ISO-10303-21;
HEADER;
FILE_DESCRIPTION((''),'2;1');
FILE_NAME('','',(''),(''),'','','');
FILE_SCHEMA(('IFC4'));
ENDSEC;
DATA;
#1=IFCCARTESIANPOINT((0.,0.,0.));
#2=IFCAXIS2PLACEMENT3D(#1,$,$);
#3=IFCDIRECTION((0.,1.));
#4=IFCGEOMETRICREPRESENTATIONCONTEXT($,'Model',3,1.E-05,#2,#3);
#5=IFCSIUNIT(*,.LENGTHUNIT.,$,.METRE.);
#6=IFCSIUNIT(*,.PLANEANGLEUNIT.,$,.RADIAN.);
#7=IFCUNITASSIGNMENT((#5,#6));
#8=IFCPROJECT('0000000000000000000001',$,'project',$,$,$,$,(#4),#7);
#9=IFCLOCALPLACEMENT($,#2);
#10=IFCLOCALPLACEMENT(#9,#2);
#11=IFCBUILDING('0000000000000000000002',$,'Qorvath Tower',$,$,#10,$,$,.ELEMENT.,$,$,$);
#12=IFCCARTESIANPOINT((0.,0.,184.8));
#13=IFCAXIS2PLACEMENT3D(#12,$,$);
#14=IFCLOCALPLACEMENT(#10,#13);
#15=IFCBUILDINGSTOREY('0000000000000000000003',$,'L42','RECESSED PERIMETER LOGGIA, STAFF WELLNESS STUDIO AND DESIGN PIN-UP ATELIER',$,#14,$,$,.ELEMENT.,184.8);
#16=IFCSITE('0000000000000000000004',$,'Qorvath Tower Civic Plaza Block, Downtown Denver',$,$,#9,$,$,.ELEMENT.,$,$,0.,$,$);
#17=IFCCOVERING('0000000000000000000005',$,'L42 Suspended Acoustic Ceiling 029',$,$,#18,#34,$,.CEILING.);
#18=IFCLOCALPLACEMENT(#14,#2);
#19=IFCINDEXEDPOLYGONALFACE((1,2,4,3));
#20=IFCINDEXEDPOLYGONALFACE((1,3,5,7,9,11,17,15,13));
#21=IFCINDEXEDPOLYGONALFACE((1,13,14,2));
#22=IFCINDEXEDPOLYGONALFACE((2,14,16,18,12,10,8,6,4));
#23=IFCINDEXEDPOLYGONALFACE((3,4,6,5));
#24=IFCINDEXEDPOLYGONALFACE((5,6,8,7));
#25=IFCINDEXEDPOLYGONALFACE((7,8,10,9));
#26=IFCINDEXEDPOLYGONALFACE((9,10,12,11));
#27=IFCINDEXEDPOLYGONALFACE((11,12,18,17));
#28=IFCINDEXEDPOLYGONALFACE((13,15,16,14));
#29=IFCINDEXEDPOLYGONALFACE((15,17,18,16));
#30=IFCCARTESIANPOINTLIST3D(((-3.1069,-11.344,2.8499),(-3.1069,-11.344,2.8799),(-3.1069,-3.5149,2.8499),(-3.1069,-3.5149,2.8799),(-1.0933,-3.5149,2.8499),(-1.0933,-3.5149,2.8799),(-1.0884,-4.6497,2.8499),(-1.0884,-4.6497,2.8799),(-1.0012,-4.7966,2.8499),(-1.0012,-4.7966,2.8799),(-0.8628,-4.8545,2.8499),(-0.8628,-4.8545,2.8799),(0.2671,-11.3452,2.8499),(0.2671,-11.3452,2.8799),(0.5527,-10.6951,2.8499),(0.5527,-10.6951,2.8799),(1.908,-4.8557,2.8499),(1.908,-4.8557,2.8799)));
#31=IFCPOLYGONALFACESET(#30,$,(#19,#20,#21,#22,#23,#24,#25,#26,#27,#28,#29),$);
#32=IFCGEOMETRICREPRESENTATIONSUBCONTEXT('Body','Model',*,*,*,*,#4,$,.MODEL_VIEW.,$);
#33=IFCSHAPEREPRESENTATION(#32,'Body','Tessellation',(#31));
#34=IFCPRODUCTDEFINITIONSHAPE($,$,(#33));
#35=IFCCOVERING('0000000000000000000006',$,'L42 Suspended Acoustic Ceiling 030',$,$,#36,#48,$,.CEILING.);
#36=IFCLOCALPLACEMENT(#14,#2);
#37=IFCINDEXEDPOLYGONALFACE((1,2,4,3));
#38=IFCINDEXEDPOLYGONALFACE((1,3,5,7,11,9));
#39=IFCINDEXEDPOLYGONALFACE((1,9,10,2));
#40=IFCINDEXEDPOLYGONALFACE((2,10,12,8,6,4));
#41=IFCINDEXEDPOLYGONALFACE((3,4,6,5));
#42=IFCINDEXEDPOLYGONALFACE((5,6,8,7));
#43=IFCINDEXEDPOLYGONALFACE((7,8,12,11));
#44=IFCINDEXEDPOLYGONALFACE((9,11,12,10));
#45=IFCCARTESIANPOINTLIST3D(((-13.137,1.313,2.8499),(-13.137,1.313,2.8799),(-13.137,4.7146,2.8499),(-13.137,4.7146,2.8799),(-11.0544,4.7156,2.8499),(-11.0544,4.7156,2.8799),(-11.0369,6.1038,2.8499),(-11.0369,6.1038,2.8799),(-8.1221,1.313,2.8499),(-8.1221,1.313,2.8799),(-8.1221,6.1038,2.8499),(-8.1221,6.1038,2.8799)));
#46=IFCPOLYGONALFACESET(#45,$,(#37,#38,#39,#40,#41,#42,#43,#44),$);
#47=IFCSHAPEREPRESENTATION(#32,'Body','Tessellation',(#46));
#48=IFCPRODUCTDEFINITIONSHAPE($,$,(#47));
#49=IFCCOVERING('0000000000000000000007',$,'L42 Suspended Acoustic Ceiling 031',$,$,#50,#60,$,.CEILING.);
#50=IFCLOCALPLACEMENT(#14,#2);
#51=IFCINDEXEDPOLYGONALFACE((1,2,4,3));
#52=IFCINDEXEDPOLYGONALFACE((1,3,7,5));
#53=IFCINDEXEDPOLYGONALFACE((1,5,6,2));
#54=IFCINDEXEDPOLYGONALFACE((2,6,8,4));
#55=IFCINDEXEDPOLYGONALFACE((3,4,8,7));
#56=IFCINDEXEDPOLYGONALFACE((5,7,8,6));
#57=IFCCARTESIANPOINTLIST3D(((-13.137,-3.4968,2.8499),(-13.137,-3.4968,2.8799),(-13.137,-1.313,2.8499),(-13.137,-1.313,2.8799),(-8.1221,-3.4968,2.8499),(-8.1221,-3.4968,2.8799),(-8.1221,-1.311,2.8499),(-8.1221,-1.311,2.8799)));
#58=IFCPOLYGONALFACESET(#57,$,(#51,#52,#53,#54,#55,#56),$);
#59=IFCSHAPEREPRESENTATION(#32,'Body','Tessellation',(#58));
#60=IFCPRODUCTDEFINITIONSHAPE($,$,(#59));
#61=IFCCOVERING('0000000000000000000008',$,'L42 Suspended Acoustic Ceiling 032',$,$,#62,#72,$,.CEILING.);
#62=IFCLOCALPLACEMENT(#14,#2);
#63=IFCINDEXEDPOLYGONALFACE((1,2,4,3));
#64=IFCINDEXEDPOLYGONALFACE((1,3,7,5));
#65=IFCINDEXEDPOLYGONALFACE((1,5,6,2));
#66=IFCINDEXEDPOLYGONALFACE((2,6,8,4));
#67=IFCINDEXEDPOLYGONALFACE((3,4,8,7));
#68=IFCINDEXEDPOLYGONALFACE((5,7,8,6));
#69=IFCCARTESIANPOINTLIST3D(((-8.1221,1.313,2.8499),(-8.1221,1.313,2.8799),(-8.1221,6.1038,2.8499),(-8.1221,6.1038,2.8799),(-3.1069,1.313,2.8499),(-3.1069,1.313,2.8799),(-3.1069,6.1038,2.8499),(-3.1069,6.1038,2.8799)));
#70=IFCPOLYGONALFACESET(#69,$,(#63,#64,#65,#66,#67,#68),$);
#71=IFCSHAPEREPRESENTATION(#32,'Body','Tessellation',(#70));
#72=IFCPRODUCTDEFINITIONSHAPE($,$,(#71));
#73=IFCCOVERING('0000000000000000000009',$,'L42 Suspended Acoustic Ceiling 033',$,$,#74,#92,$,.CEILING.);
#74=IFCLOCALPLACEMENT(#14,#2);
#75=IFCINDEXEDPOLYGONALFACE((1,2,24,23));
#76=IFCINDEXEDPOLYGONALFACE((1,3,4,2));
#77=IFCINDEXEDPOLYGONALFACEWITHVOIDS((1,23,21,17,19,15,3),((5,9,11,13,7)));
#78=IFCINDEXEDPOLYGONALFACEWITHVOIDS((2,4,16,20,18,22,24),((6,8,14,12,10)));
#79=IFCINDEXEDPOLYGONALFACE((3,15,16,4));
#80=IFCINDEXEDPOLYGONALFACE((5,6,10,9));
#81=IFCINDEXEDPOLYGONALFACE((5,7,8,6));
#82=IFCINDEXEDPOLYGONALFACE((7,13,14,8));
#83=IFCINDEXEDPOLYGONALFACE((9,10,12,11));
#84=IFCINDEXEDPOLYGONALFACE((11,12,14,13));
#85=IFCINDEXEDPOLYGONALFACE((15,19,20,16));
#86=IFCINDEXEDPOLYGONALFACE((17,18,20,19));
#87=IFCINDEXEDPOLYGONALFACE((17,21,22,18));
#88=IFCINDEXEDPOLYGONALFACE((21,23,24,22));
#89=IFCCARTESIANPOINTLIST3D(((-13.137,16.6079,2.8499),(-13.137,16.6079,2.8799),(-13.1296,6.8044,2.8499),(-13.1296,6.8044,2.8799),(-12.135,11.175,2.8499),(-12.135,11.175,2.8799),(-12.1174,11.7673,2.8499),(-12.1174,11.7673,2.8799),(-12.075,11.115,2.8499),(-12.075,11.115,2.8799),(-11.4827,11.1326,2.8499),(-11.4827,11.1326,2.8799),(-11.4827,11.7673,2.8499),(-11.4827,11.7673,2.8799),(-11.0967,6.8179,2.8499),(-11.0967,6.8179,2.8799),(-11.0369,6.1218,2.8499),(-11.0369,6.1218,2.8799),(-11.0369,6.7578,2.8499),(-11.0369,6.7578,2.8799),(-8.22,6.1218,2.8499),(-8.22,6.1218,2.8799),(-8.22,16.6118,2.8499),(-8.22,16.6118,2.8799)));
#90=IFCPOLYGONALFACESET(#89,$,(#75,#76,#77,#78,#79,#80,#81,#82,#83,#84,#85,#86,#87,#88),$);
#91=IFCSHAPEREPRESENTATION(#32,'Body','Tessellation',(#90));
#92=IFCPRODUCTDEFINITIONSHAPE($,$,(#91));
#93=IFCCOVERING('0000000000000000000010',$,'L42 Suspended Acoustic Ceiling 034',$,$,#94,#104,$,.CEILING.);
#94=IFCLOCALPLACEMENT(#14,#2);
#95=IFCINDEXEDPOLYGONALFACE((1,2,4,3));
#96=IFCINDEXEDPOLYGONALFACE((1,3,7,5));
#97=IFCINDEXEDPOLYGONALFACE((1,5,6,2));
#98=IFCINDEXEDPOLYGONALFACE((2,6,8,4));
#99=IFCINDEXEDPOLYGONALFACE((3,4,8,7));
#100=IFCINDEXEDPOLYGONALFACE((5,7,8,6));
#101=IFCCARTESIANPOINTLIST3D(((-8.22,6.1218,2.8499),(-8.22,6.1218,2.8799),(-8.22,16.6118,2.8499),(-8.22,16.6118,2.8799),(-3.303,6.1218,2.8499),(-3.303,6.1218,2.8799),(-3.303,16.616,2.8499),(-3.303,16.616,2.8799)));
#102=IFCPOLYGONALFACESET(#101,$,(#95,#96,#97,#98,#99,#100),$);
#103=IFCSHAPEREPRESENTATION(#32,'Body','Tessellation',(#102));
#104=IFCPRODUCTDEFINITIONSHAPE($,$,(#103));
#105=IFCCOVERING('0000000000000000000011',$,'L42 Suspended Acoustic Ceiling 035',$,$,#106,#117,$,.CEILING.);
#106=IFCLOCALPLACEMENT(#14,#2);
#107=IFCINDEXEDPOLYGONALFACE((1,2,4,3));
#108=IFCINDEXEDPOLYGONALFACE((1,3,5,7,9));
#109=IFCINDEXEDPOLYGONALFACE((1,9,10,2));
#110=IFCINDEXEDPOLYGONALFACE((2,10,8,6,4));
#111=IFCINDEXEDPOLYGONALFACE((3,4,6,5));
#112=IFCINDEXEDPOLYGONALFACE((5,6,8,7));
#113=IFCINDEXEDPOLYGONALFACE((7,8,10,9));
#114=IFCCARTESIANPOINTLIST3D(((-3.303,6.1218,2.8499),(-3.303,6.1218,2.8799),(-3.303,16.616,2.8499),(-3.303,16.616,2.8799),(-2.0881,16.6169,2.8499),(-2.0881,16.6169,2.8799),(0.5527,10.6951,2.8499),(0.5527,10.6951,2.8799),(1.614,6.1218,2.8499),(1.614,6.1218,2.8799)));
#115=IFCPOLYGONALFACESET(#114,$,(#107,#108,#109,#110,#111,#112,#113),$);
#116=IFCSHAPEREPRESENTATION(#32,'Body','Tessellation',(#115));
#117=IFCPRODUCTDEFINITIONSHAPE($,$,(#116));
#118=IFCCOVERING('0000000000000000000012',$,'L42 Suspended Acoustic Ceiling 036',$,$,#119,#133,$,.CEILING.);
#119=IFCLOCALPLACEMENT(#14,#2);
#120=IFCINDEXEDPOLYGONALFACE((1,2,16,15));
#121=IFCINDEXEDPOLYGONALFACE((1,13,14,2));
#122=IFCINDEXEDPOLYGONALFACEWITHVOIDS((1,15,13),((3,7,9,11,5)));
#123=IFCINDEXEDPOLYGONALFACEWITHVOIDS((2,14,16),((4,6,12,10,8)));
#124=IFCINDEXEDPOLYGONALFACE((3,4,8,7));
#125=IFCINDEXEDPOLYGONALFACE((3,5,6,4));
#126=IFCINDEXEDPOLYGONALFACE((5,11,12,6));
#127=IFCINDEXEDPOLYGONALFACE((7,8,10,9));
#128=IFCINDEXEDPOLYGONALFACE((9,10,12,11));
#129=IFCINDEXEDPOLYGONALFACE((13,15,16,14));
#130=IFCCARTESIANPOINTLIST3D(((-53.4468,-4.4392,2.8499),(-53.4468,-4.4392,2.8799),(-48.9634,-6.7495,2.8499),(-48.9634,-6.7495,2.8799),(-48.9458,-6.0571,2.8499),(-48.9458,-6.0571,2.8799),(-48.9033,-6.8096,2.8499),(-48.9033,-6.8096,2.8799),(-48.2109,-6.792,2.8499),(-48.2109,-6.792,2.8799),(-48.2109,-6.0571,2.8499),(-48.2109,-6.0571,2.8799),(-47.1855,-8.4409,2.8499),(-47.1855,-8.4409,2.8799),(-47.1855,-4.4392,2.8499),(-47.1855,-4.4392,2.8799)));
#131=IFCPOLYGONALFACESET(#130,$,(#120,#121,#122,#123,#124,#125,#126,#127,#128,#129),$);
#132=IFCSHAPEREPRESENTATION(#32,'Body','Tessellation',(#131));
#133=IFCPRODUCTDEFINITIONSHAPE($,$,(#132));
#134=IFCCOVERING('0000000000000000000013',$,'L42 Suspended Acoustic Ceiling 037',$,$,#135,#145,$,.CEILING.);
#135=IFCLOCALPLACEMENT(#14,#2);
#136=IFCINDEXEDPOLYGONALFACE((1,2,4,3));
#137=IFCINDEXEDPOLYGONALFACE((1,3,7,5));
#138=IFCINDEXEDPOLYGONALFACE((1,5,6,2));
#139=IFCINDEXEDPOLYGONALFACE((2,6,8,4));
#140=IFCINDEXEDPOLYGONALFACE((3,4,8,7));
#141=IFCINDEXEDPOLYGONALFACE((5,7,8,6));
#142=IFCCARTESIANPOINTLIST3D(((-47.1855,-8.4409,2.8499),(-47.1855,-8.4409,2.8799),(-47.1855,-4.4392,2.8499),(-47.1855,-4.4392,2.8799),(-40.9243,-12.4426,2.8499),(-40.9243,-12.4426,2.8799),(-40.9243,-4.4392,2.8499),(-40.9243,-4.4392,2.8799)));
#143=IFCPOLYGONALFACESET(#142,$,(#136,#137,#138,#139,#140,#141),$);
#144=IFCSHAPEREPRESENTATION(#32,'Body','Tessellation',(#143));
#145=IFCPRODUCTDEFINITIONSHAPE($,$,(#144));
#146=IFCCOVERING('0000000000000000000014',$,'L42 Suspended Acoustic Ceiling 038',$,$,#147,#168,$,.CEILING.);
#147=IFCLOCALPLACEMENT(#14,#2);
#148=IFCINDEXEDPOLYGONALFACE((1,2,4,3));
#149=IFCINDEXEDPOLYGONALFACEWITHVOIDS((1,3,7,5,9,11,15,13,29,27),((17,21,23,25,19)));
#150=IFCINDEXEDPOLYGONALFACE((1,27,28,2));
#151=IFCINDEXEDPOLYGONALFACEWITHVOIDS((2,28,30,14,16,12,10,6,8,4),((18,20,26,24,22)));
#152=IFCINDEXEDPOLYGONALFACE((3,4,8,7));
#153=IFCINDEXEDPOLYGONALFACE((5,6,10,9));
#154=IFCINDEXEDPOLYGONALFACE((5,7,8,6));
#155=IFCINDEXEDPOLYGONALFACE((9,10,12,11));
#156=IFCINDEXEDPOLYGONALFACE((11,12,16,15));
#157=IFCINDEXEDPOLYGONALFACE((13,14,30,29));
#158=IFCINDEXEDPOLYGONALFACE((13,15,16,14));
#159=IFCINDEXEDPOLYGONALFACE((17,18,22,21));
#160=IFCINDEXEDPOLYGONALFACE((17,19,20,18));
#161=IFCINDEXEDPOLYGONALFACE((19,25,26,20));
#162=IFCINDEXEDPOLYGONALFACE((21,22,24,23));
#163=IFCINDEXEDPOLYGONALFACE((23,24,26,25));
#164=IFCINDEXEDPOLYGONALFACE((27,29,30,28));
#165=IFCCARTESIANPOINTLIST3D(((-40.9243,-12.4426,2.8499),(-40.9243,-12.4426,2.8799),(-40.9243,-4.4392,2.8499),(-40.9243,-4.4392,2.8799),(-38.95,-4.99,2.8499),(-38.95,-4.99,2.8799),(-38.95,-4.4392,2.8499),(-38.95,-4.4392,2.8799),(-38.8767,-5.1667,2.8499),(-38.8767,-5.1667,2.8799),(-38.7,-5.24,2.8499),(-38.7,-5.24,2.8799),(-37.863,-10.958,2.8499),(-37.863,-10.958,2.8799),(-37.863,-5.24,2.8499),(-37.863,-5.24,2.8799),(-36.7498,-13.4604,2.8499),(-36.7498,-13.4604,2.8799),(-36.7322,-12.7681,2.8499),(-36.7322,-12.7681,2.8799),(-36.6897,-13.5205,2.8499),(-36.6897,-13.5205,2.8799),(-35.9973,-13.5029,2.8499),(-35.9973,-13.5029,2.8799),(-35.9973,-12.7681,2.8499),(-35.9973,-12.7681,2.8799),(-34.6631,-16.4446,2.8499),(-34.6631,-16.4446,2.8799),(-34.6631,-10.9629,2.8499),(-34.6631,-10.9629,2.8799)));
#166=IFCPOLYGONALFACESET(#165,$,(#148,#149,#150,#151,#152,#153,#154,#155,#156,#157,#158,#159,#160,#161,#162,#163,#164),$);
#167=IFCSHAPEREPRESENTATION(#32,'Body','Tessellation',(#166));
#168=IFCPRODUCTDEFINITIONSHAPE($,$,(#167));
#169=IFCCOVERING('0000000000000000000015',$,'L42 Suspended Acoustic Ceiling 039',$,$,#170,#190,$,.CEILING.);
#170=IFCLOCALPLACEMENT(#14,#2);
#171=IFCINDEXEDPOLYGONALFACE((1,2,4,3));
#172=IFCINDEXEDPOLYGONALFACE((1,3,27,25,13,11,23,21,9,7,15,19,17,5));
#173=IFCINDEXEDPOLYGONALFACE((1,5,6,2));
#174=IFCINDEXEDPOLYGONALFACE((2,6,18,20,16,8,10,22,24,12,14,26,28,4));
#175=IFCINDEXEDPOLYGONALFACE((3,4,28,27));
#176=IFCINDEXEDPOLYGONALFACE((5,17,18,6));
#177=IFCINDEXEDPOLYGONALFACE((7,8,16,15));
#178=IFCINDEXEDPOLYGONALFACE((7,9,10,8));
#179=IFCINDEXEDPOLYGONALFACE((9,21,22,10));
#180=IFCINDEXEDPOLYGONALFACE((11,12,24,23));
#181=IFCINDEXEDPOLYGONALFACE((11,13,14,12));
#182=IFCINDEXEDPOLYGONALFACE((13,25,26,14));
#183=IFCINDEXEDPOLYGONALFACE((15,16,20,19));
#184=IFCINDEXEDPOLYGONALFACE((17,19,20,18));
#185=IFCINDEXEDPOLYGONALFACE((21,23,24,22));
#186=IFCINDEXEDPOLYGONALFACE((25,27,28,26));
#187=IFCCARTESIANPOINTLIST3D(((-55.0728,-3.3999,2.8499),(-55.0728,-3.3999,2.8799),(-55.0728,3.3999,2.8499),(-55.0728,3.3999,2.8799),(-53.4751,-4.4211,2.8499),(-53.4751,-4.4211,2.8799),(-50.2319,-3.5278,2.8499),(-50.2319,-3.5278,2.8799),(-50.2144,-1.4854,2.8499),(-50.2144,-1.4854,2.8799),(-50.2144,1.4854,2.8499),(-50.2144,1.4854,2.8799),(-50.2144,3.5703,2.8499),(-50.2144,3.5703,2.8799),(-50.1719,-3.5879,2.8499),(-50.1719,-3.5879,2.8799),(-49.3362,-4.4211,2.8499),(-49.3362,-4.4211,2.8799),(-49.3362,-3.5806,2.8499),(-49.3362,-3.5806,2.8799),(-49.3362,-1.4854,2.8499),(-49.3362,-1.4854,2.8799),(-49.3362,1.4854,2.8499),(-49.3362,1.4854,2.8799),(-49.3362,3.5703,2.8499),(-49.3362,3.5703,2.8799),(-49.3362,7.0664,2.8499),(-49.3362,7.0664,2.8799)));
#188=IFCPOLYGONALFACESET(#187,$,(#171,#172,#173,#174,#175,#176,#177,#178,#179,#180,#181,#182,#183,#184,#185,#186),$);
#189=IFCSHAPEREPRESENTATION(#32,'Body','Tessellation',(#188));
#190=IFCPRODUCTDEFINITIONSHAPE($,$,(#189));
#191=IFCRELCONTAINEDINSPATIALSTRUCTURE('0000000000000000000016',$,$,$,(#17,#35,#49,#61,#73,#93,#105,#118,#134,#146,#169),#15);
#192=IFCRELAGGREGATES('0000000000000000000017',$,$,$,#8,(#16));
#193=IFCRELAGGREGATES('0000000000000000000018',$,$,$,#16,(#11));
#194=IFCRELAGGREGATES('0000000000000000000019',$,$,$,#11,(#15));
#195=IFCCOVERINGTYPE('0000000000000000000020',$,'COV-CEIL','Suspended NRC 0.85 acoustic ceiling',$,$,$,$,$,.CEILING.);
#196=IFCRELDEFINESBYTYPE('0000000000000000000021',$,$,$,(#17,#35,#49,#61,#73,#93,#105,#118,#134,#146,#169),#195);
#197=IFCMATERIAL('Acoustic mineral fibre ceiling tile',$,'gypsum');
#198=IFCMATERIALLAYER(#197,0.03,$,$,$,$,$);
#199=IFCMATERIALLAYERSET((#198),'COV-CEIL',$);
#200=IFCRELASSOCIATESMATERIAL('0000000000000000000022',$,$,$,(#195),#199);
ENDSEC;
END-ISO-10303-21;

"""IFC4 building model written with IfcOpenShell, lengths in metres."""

from ifc_helpers import new_model, si_unit, direction, frame, origin, place, context, subcontext, project, spatial, polyline, outline, extrude, material, layer, layer_set, type_object, element, save


model = new_model("IFC4")

# Units and contexts
model_context = context("Model", 3, precision=1e-05, world=origin(), true_north=direction((0.0, 1.0)))
body_context = subcontext(model_context, "Body", "Model", "MODEL_VIEW")
ifc_project = project(units=[si_unit("LENGTHUNIT", "METRE"), si_unit("PLANEANGLEUNIT", "RADIAN")], contexts=[model_context])

# Site, building, storey
site_placement = place(None, origin())
site = spatial("IfcSite", under=ifc_project, at=site_placement, Name="Qorvath Tower Civic Plaza Block, Downtown Denver", CompositionType="ELEMENT", RefElevation=0.0)
building_placement = place(site_placement, origin())
building = spatial("IfcBuilding", under=site, at=building_placement, Name="Qorvath Tower", CompositionType="ELEMENT")
storey_placement = place(building_placement, frame((0.0, 0.0, 184.8)))
storey = spatial("IfcBuildingStorey", under=building, at=storey_placement, Name="L42", Description="RECESSED PERIMETER LOGGIA, STAFF WELLNESS STUDIO AND DESIGN PIN-UP ATELIER", CompositionType="ELEMENT", Elevation=184.8)

# Coverings
ifc_material_1 = material(Name="Acoustic mineral fibre ceiling tile", Category="gypsum")
ifc_layer_1 = layer(ifc_material_1, 0.03)
ifc_layer_set_1 = layer_set([ifc_layer_1], Name="COV-CEIL")
covering_type_1 = type_object("IfcCoveringType", Name="COV-CEIL", Description="Suspended NRC 0.85 acoustic ceiling", PredefinedType="CEILING", material=ifc_layer_set_1)
covering_1_placement = place(storey_placement, frame((0.0, 0.0, 2.8499)))
element("IfcCovering", 1, at=covering_1_placement, inside=storey, type_object=covering_type_1, Name="L42 Suspended Acoustic Ceiling 029", PredefinedType="CEILING", context=body_context, shape_type="SweptSolid", body=[
    extrude(outline(polyline([(-1.0012, -4.7966), (-1.0884, -4.6497), (-1.0933, -3.5149), (-3.1069, -3.5149), (-3.1069, -11.344), (0.2671, -11.3452), (0.5527, -10.6951), (1.908, -4.8557), (-0.8628, -4.8545), (-1.0012, -4.7966)])), origin(), (0.0, 0.0, 1.0), 0.03),
])
covering_2_placement = place(storey_placement, frame((0.0, 0.0, 2.8499)))
element("IfcCovering", 2, at=covering_2_placement, inside=storey, type_object=covering_type_1, Name="L42 Suspended Acoustic Ceiling 030", PredefinedType="CEILING", context=body_context, shape_type="SweptSolid", body=[
    extrude(outline(polyline([(-8.1221, 1.313), (-8.1221, 6.1038), (-11.0369, 6.1038), (-11.0544, 4.7156), (-13.137, 4.7146), (-13.137, 1.313), (-8.1221, 1.313)])), origin(), (0.0, 0.0, 1.0), 0.03),
])
covering_3_placement = place(storey_placement, frame((0.0, 0.0, 2.8499)))
element("IfcCovering", 3, at=covering_3_placement, inside=storey, type_object=covering_type_1, Name="L42 Suspended Acoustic Ceiling 031", PredefinedType="CEILING", context=body_context, shape_type="SweptSolid", body=[
    extrude(outline(polyline([(-8.1221, -3.4968), (-8.1221, -1.311), (-13.137, -1.313), (-13.137, -3.4968), (-8.1221, -3.4968)])), origin(), (0.0, 0.0, 1.0), 0.03),
])
covering_4_placement = place(storey_placement, frame((0.0, 0.0, 2.8499)))
element("IfcCovering", 4, at=covering_4_placement, inside=storey, type_object=covering_type_1, Name="L42 Suspended Acoustic Ceiling 032", PredefinedType="CEILING", context=body_context, shape_type="SweptSolid", body=[
    extrude(outline(polyline([(-3.1069, 1.313), (-3.1069, 6.1038), (-8.1221, 6.1038), (-8.1221, 1.313), (-3.1069, 1.313)])), origin(), (0.0, 0.0, 1.0), 0.03),
])
covering_5_placement = place(storey_placement, frame((0.0, 0.0, 2.8499)))
element("IfcCovering", 5, at=covering_5_placement, inside=storey, type_object=covering_type_1, Name="L42 Suspended Acoustic Ceiling 033", PredefinedType="CEILING", context=body_context, shape_type="SweptSolid", body=[
    extrude(outline(polyline([(-11.0369, 6.1218), (-8.22, 6.1218), (-8.22, 16.6118), (-13.137, 16.6079), (-13.1296, 6.8044), (-11.0967, 6.8179), (-11.0369, 6.7578), (-11.0369, 6.1218)]), holes=[polyline([(-12.135, 11.175), (-12.1174, 11.7673), (-11.4827, 11.7673), (-11.4827, 11.1326), (-12.075, 11.115), (-12.135, 11.175)])]), origin(), (0.0, 0.0, 1.0), 0.03),
])
covering_6_placement = place(storey_placement, frame((0.0, 0.0, 2.8499)))
element("IfcCovering", 6, at=covering_6_placement, inside=storey, type_object=covering_type_1, Name="L42 Suspended Acoustic Ceiling 034", PredefinedType="CEILING", context=body_context, shape_type="SweptSolid", body=[
    extrude(outline(polyline([(-8.22, 16.6118), (-8.22, 6.1218), (-3.303, 6.1218), (-3.303, 16.616), (-8.22, 16.6118)])), origin(), (0.0, 0.0, 1.0), 0.03),
])
covering_7_placement = place(storey_placement, frame((0.0, 0.0, 2.8499)))
element("IfcCovering", 7, at=covering_7_placement, inside=storey, type_object=covering_type_1, Name="L42 Suspended Acoustic Ceiling 035", PredefinedType="CEILING", context=body_context, shape_type="SweptSolid", body=[
    extrude(outline(polyline([(-3.303, 16.616), (-3.303, 6.1218), (1.614, 6.1218), (0.5527, 10.6951), (-2.0881, 16.6169), (-3.303, 16.616)])), origin(), (0.0, 0.0, 1.0), 0.03),
])
covering_8_placement = place(storey_placement, frame((0.0, 0.0, 2.8499)))
element("IfcCovering", 8, at=covering_8_placement, inside=storey, type_object=covering_type_1, Name="L42 Suspended Acoustic Ceiling 036", PredefinedType="CEILING", context=body_context, shape_type="SweptSolid", body=[
    extrude(outline(polyline([(-47.1855, -8.4409), (-47.1855, -4.4392), (-53.4468, -4.4392), (-47.1855, -8.4409)]), holes=[polyline([(-48.9634, -6.7495), (-48.9458, -6.0571), (-48.2109, -6.0571), (-48.2109, -6.792), (-48.9033, -6.8096), (-48.9634, -6.7495)])]), origin(), (0.0, 0.0, 1.0), 0.03),
])
covering_9_placement = place(storey_placement, frame((0.0, 0.0, 2.8499)))
element("IfcCovering", 9, at=covering_9_placement, inside=storey, type_object=covering_type_1, Name="L42 Suspended Acoustic Ceiling 037", PredefinedType="CEILING", context=body_context, shape_type="SweptSolid", body=[
    extrude(outline(polyline([(-40.9243, -12.4426), (-40.9243, -4.4392), (-47.1855, -4.4392), (-47.1855, -8.4409), (-40.9243, -12.4426)])), origin(), (0.0, 0.0, 1.0), 0.03),
])
covering_10_placement = place(storey_placement, frame((0.0, 0.0, 2.8499)))
element("IfcCovering", 10, at=covering_10_placement, inside=storey, type_object=covering_type_1, Name="L42 Suspended Acoustic Ceiling 038", PredefinedType="CEILING", context=body_context, shape_type="SweptSolid", body=[
    extrude(outline(polyline([(-37.863, -10.958), (-37.863, -5.24), (-38.7, -5.24), (-38.8767, -5.1667), (-38.95, -4.99), (-38.95, -4.4392), (-40.9243, -4.4392), (-40.9243, -12.4426), (-34.6631, -16.4446), (-34.6631, -10.9629), (-37.863, -10.958)]), holes=[polyline([(-36.7498, -13.4604), (-36.7322, -12.7681), (-35.9973, -12.7681), (-35.9973, -13.5029), (-36.6897, -13.5205), (-36.7498, -13.4604)])]), origin(), (0.0, 0.0, 1.0), 0.03),
])
covering_11_placement = place(storey_placement, frame((0.0, 0.0, 2.8499)))
element("IfcCovering", 11, at=covering_11_placement, inside=storey, type_object=covering_type_1, Name="L42 Suspended Acoustic Ceiling 039", PredefinedType="CEILING", context=body_context, shape_type="SweptSolid", body=[
    extrude(outline(polyline([(-49.3362, -4.4211), (-49.3362, -3.5806), (-50.1719, -3.5879), (-50.2319, -3.5278), (-50.2144, -1.4854), (-49.3362, -1.4854), (-49.3362, 1.4854), (-50.2144, 1.4854), (-50.2144, 3.5703), (-49.3362, 3.5703), (-49.3362, 7.0664), (-55.0728, 3.3999), (-55.0728, -3.3999), (-53.4751, -4.4211), (-49.3362, -4.4211)])), origin(), (0.0, 0.0, 1.0), 0.03),
])

save(model, "model.ifc")
